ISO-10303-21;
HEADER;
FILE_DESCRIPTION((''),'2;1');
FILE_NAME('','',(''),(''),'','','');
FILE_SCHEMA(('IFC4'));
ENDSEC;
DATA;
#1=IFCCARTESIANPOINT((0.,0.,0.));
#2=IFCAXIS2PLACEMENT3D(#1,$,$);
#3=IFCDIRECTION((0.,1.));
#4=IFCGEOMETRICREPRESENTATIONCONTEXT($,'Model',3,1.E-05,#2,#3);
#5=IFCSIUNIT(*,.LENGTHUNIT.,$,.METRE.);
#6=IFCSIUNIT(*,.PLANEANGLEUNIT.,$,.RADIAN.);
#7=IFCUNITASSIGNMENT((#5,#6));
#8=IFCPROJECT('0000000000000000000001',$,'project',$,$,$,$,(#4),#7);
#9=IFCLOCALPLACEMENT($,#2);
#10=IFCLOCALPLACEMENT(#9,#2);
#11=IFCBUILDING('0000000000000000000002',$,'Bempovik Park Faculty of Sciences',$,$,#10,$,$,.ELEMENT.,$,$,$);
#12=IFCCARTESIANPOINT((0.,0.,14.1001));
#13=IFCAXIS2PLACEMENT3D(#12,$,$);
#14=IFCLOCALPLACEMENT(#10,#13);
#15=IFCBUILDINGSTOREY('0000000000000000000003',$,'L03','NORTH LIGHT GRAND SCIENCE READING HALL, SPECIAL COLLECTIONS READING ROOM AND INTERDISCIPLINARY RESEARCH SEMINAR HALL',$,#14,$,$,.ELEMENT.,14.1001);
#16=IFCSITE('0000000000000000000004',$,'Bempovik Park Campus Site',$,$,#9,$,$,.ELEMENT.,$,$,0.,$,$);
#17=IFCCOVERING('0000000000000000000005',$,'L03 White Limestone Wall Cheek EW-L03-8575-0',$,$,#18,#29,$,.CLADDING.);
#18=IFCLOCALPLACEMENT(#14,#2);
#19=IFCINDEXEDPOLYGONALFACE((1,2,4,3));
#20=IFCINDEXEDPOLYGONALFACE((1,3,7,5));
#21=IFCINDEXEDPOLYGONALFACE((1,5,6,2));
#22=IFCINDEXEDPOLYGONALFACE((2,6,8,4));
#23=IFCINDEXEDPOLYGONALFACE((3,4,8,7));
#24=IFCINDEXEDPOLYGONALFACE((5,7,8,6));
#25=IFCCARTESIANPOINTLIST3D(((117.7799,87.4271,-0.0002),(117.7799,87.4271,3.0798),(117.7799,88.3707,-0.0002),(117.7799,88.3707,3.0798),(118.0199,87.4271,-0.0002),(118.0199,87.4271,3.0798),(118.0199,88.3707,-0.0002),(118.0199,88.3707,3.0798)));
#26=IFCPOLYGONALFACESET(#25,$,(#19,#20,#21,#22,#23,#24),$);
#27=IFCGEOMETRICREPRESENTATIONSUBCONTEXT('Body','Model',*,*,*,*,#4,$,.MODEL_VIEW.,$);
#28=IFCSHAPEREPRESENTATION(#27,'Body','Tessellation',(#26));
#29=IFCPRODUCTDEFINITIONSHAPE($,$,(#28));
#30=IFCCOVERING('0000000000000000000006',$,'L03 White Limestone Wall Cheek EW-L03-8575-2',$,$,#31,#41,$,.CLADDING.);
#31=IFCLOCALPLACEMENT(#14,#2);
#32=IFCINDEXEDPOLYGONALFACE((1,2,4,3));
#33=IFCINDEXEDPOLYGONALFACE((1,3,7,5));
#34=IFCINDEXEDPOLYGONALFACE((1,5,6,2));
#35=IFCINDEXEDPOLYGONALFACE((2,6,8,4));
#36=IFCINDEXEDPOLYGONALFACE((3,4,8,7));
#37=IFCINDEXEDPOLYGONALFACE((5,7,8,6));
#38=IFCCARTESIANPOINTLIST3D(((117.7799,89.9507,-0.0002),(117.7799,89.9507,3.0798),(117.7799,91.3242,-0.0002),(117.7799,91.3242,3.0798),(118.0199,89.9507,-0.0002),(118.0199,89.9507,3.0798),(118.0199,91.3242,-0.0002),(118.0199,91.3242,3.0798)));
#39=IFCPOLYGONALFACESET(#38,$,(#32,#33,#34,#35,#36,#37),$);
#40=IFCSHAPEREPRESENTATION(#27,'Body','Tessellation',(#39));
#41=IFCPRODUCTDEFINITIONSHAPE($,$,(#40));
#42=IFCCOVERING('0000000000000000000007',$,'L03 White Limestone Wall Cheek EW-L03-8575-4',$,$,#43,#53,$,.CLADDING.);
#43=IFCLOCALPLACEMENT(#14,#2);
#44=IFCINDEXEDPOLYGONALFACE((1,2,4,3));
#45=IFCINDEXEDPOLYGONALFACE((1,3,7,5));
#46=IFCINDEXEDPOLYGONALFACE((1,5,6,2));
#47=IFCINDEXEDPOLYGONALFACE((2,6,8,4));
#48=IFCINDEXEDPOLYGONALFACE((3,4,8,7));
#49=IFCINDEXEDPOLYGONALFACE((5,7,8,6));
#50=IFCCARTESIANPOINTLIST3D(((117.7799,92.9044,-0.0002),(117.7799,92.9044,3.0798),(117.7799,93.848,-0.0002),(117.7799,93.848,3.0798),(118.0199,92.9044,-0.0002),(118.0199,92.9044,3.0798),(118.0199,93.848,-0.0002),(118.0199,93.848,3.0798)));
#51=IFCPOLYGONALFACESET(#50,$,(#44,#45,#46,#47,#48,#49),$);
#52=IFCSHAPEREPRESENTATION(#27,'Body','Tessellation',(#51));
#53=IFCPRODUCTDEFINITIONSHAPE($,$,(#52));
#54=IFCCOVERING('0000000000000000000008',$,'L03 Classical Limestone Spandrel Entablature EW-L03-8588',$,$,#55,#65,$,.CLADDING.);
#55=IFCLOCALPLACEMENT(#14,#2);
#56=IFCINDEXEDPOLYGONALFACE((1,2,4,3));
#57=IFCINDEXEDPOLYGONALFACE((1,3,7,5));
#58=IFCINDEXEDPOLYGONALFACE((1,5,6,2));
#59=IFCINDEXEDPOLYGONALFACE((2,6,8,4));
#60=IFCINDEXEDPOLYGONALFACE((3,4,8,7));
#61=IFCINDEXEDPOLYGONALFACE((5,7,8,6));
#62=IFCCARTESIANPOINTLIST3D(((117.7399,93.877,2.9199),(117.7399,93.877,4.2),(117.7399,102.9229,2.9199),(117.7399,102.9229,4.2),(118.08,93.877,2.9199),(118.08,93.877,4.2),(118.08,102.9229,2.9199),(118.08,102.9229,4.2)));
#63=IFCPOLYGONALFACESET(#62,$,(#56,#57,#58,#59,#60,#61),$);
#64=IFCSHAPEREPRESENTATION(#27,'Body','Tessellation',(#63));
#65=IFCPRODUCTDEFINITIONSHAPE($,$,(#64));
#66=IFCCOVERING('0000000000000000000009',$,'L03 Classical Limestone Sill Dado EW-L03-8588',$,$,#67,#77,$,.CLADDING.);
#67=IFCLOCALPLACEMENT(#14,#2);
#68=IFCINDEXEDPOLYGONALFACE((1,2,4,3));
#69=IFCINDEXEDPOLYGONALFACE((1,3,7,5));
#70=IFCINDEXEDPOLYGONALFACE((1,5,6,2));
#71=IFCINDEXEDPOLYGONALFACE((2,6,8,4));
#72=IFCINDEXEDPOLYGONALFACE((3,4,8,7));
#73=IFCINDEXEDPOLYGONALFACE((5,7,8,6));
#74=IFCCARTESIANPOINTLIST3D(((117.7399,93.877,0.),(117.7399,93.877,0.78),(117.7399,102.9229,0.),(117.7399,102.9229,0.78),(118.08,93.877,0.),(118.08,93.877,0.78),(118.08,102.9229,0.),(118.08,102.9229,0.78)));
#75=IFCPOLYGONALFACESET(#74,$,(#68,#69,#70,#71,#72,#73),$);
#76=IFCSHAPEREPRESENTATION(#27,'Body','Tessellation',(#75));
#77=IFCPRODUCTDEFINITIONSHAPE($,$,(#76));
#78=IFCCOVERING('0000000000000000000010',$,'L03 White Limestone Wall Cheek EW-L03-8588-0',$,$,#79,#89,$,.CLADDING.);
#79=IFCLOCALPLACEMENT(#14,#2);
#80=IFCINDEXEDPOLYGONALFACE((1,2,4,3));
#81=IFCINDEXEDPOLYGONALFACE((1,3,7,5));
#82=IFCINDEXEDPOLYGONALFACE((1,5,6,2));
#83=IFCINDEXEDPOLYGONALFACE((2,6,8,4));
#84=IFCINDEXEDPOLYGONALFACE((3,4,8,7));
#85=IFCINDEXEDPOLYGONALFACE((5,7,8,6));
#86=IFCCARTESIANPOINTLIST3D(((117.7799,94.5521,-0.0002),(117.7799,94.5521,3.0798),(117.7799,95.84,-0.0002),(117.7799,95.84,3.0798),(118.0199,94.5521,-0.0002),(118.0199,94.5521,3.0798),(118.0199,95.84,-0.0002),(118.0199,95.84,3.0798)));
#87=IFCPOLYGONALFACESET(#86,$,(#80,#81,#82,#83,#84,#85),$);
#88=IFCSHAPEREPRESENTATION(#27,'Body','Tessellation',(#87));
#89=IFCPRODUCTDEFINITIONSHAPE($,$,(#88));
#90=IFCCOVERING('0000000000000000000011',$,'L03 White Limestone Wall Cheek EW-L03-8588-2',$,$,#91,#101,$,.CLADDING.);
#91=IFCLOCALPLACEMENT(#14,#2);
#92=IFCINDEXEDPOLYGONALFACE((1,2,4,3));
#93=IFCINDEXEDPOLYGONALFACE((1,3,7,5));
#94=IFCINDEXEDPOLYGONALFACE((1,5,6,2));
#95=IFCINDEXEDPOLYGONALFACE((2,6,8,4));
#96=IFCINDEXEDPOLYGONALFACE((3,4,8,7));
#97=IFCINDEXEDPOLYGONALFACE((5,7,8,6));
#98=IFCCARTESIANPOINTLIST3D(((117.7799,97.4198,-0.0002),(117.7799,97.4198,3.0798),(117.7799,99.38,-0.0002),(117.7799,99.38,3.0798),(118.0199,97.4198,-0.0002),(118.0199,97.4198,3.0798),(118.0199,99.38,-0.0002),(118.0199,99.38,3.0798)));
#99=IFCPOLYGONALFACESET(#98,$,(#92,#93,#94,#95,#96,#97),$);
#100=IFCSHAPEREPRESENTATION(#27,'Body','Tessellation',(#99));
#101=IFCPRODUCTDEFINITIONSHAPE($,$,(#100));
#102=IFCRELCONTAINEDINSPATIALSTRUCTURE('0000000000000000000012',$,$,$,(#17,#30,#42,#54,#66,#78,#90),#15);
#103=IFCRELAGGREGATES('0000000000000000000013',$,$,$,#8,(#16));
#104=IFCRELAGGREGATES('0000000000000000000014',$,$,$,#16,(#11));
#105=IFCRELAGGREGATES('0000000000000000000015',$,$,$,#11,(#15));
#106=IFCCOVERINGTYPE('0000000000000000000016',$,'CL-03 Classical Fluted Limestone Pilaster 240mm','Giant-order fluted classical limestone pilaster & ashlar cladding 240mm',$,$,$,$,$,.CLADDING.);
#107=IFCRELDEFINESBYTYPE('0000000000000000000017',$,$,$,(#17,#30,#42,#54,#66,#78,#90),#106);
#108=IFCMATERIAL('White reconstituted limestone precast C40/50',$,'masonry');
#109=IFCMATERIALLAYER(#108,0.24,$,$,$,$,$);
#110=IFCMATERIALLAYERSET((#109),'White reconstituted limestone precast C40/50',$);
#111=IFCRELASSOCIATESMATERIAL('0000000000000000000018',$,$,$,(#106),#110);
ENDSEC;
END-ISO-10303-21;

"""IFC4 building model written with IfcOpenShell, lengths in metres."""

from ifc_helpers import new_model, si_unit, direction, frame, origin, origin_2d, place, context, subcontext, project, spatial, rectangle, extrude, material, layer, layer_set, type_object, element, save


model = new_model("IFC4")

# Units and contexts
model_context = context("Model", 3, precision=1e-05, world=origin(), true_north=direction((0.0, 1.0)))
body_context = subcontext(model_context, "Body", "Model", "MODEL_VIEW")
ifc_project = project(units=[si_unit("LENGTHUNIT", "METRE"), si_unit("PLANEANGLEUNIT", "RADIAN")], contexts=[model_context])

# Site, building, storey
site_placement = place(None, origin())
site = spatial("IfcSite", under=ifc_project, at=site_placement, Name="Bempovik Park Campus Site", CompositionType="ELEMENT", RefElevation=0.0)
building_placement = place(site_placement, origin())
building = spatial("IfcBuilding", under=site, at=building_placement, Name="Bempovik Park Faculty of Sciences", CompositionType="ELEMENT")
storey_placement = place(building_placement, frame((0.0, 0.0, 14.1001)))
storey = spatial("IfcBuildingStorey", under=building, at=storey_placement, Name="L03", Description="NORTH LIGHT GRAND SCIENCE READING HALL, SPECIAL COLLECTIONS READING ROOM AND INTERDISCIPLINARY RESEARCH SEMINAR HALL", CompositionType="ELEMENT", Elevation=14.1001)

# Coverings
ifc_material_1 = material(Name="White reconstituted limestone precast C40/50", Category="masonry")
ifc_layer_1 = layer(ifc_material_1, 0.24)
ifc_layer_set_1 = layer_set([ifc_layer_1], Name="White reconstituted limestone precast C40/50")
covering_type = type_object("IfcCoveringType", Name="CL-03 Classical Fluted Limestone Pilaster 240mm", Description="Giant-order fluted classical limestone pilaster & ashlar cladding 240mm", PredefinedType="CLADDING", material=ifc_layer_set_1)
covering_1_placement = place(storey_placement, frame((117.8999, 87.8989, -0.0002), z_axis=(0.0, 0.0, 1.0), x_axis=(1.0, 0.0, 0.0)))
element("IfcCovering", 1, at=covering_1_placement, inside=storey, type_object=covering_type, Name="L03 White Limestone Wall Cheek EW-L03-8575-0", PredefinedType="CLADDING", context=body_context, shape_type="SweptSolid", body=[
    extrude(rectangle(XDim=0.24, YDim=0.9436, at=origin_2d()), origin(), (0.0, 0.0, 1.0), 3.0801),
])
covering_2_placement = place(storey_placement, frame((117.8999, 90.6375, -0.0002), z_axis=(0.0, 0.0, 1.0), x_axis=(1.0, 0.0, 0.0)))
element("IfcCovering", 2, at=covering_2_placement, inside=storey, type_object=covering_type, Name="L03 White Limestone Wall Cheek EW-L03-8575-2", PredefinedType="CLADDING", context=body_context, shape_type="SweptSolid", body=[
    extrude(rectangle(XDim=0.24, YDim=1.3735, at=origin_2d()), origin(), (0.0, 0.0, 1.0), 3.0801),
])
covering_3_placement = place(storey_placement, frame((117.8999, 93.3762, -0.0002), z_axis=(0.0, 0.0, 1.0), x_axis=(1.0, 0.0, 0.0)))
element("IfcCovering", 3, at=covering_3_placement, inside=storey, type_object=covering_type, Name="L03 White Limestone Wall Cheek EW-L03-8575-4", PredefinedType="CLADDING", context=body_context, shape_type="SweptSolid", body=[
    extrude(rectangle(XDim=0.24, YDim=0.9436, at=origin_2d()), origin(), (0.0, 0.0, 1.0), 3.0801),
])
covering_4_placement = place(storey_placement, frame((117.9099, 98.3999, 2.9199), z_axis=(0.0, 0.0, 1.0), x_axis=(1.0, 0.0, 0.0)))
element("IfcCovering", 4, at=covering_4_placement, inside=storey, type_object=covering_type, Name="L03 Classical Limestone Spandrel Entablature EW-L03-8588", PredefinedType="CLADDING", context=body_context, shape_type="SweptSolid", body=[
    extrude(rectangle(XDim=0.3401, YDim=9.0459, at=origin_2d()), origin(), (0.0, 0.0, 1.0), 1.28),
])
covering_5_placement = place(storey_placement, frame((117.9099, 98.3999, 0.0), z_axis=(0.0, 0.0, 1.0), x_axis=(1.0, 0.0, 0.0)))
element("IfcCovering", 5, at=covering_5_placement, inside=storey, type_object=covering_type, Name="L03 Classical Limestone Sill Dado EW-L03-8588", PredefinedType="CLADDING", context=body_context, shape_type="SweptSolid", body=[
    extrude(rectangle(XDim=0.3401, YDim=9.0459, at=origin_2d()), origin(), (0.0, 0.0, 1.0), 0.78),
])
covering_6_placement = place(storey_placement, frame((117.8999, 95.196, -0.0002), z_axis=(0.0, 0.0, 1.0), x_axis=(1.0, 0.0, 0.0)))
element("IfcCovering", 6, at=covering_6_placement, inside=storey, type_object=covering_type, Name="L03 White Limestone Wall Cheek EW-L03-8588-0", PredefinedType="CLADDING", context=body_context, shape_type="SweptSolid", body=[
    extrude(rectangle(XDim=0.24, YDim=1.2878, at=origin_2d()), origin(), (0.0, 0.0, 1.0), 3.0801),
])
covering_7_placement = place(storey_placement, frame((117.8999, 98.3999, -0.0002), z_axis=(0.0, 0.0, 1.0), x_axis=(1.0, 0.0, 0.0)))
element("IfcCovering", 7, at=covering_7_placement, inside=storey, type_object=covering_type, Name="L03 White Limestone Wall Cheek EW-L03-8588-2", PredefinedType="CLADDING", context=body_context, shape_type="SweptSolid", body=[
    extrude(rectangle(XDim=0.24, YDim=1.9602, at=origin_2d()), origin(), (0.0, 0.0, 1.0), 3.0801),
])

save(model, "model.ifc")
